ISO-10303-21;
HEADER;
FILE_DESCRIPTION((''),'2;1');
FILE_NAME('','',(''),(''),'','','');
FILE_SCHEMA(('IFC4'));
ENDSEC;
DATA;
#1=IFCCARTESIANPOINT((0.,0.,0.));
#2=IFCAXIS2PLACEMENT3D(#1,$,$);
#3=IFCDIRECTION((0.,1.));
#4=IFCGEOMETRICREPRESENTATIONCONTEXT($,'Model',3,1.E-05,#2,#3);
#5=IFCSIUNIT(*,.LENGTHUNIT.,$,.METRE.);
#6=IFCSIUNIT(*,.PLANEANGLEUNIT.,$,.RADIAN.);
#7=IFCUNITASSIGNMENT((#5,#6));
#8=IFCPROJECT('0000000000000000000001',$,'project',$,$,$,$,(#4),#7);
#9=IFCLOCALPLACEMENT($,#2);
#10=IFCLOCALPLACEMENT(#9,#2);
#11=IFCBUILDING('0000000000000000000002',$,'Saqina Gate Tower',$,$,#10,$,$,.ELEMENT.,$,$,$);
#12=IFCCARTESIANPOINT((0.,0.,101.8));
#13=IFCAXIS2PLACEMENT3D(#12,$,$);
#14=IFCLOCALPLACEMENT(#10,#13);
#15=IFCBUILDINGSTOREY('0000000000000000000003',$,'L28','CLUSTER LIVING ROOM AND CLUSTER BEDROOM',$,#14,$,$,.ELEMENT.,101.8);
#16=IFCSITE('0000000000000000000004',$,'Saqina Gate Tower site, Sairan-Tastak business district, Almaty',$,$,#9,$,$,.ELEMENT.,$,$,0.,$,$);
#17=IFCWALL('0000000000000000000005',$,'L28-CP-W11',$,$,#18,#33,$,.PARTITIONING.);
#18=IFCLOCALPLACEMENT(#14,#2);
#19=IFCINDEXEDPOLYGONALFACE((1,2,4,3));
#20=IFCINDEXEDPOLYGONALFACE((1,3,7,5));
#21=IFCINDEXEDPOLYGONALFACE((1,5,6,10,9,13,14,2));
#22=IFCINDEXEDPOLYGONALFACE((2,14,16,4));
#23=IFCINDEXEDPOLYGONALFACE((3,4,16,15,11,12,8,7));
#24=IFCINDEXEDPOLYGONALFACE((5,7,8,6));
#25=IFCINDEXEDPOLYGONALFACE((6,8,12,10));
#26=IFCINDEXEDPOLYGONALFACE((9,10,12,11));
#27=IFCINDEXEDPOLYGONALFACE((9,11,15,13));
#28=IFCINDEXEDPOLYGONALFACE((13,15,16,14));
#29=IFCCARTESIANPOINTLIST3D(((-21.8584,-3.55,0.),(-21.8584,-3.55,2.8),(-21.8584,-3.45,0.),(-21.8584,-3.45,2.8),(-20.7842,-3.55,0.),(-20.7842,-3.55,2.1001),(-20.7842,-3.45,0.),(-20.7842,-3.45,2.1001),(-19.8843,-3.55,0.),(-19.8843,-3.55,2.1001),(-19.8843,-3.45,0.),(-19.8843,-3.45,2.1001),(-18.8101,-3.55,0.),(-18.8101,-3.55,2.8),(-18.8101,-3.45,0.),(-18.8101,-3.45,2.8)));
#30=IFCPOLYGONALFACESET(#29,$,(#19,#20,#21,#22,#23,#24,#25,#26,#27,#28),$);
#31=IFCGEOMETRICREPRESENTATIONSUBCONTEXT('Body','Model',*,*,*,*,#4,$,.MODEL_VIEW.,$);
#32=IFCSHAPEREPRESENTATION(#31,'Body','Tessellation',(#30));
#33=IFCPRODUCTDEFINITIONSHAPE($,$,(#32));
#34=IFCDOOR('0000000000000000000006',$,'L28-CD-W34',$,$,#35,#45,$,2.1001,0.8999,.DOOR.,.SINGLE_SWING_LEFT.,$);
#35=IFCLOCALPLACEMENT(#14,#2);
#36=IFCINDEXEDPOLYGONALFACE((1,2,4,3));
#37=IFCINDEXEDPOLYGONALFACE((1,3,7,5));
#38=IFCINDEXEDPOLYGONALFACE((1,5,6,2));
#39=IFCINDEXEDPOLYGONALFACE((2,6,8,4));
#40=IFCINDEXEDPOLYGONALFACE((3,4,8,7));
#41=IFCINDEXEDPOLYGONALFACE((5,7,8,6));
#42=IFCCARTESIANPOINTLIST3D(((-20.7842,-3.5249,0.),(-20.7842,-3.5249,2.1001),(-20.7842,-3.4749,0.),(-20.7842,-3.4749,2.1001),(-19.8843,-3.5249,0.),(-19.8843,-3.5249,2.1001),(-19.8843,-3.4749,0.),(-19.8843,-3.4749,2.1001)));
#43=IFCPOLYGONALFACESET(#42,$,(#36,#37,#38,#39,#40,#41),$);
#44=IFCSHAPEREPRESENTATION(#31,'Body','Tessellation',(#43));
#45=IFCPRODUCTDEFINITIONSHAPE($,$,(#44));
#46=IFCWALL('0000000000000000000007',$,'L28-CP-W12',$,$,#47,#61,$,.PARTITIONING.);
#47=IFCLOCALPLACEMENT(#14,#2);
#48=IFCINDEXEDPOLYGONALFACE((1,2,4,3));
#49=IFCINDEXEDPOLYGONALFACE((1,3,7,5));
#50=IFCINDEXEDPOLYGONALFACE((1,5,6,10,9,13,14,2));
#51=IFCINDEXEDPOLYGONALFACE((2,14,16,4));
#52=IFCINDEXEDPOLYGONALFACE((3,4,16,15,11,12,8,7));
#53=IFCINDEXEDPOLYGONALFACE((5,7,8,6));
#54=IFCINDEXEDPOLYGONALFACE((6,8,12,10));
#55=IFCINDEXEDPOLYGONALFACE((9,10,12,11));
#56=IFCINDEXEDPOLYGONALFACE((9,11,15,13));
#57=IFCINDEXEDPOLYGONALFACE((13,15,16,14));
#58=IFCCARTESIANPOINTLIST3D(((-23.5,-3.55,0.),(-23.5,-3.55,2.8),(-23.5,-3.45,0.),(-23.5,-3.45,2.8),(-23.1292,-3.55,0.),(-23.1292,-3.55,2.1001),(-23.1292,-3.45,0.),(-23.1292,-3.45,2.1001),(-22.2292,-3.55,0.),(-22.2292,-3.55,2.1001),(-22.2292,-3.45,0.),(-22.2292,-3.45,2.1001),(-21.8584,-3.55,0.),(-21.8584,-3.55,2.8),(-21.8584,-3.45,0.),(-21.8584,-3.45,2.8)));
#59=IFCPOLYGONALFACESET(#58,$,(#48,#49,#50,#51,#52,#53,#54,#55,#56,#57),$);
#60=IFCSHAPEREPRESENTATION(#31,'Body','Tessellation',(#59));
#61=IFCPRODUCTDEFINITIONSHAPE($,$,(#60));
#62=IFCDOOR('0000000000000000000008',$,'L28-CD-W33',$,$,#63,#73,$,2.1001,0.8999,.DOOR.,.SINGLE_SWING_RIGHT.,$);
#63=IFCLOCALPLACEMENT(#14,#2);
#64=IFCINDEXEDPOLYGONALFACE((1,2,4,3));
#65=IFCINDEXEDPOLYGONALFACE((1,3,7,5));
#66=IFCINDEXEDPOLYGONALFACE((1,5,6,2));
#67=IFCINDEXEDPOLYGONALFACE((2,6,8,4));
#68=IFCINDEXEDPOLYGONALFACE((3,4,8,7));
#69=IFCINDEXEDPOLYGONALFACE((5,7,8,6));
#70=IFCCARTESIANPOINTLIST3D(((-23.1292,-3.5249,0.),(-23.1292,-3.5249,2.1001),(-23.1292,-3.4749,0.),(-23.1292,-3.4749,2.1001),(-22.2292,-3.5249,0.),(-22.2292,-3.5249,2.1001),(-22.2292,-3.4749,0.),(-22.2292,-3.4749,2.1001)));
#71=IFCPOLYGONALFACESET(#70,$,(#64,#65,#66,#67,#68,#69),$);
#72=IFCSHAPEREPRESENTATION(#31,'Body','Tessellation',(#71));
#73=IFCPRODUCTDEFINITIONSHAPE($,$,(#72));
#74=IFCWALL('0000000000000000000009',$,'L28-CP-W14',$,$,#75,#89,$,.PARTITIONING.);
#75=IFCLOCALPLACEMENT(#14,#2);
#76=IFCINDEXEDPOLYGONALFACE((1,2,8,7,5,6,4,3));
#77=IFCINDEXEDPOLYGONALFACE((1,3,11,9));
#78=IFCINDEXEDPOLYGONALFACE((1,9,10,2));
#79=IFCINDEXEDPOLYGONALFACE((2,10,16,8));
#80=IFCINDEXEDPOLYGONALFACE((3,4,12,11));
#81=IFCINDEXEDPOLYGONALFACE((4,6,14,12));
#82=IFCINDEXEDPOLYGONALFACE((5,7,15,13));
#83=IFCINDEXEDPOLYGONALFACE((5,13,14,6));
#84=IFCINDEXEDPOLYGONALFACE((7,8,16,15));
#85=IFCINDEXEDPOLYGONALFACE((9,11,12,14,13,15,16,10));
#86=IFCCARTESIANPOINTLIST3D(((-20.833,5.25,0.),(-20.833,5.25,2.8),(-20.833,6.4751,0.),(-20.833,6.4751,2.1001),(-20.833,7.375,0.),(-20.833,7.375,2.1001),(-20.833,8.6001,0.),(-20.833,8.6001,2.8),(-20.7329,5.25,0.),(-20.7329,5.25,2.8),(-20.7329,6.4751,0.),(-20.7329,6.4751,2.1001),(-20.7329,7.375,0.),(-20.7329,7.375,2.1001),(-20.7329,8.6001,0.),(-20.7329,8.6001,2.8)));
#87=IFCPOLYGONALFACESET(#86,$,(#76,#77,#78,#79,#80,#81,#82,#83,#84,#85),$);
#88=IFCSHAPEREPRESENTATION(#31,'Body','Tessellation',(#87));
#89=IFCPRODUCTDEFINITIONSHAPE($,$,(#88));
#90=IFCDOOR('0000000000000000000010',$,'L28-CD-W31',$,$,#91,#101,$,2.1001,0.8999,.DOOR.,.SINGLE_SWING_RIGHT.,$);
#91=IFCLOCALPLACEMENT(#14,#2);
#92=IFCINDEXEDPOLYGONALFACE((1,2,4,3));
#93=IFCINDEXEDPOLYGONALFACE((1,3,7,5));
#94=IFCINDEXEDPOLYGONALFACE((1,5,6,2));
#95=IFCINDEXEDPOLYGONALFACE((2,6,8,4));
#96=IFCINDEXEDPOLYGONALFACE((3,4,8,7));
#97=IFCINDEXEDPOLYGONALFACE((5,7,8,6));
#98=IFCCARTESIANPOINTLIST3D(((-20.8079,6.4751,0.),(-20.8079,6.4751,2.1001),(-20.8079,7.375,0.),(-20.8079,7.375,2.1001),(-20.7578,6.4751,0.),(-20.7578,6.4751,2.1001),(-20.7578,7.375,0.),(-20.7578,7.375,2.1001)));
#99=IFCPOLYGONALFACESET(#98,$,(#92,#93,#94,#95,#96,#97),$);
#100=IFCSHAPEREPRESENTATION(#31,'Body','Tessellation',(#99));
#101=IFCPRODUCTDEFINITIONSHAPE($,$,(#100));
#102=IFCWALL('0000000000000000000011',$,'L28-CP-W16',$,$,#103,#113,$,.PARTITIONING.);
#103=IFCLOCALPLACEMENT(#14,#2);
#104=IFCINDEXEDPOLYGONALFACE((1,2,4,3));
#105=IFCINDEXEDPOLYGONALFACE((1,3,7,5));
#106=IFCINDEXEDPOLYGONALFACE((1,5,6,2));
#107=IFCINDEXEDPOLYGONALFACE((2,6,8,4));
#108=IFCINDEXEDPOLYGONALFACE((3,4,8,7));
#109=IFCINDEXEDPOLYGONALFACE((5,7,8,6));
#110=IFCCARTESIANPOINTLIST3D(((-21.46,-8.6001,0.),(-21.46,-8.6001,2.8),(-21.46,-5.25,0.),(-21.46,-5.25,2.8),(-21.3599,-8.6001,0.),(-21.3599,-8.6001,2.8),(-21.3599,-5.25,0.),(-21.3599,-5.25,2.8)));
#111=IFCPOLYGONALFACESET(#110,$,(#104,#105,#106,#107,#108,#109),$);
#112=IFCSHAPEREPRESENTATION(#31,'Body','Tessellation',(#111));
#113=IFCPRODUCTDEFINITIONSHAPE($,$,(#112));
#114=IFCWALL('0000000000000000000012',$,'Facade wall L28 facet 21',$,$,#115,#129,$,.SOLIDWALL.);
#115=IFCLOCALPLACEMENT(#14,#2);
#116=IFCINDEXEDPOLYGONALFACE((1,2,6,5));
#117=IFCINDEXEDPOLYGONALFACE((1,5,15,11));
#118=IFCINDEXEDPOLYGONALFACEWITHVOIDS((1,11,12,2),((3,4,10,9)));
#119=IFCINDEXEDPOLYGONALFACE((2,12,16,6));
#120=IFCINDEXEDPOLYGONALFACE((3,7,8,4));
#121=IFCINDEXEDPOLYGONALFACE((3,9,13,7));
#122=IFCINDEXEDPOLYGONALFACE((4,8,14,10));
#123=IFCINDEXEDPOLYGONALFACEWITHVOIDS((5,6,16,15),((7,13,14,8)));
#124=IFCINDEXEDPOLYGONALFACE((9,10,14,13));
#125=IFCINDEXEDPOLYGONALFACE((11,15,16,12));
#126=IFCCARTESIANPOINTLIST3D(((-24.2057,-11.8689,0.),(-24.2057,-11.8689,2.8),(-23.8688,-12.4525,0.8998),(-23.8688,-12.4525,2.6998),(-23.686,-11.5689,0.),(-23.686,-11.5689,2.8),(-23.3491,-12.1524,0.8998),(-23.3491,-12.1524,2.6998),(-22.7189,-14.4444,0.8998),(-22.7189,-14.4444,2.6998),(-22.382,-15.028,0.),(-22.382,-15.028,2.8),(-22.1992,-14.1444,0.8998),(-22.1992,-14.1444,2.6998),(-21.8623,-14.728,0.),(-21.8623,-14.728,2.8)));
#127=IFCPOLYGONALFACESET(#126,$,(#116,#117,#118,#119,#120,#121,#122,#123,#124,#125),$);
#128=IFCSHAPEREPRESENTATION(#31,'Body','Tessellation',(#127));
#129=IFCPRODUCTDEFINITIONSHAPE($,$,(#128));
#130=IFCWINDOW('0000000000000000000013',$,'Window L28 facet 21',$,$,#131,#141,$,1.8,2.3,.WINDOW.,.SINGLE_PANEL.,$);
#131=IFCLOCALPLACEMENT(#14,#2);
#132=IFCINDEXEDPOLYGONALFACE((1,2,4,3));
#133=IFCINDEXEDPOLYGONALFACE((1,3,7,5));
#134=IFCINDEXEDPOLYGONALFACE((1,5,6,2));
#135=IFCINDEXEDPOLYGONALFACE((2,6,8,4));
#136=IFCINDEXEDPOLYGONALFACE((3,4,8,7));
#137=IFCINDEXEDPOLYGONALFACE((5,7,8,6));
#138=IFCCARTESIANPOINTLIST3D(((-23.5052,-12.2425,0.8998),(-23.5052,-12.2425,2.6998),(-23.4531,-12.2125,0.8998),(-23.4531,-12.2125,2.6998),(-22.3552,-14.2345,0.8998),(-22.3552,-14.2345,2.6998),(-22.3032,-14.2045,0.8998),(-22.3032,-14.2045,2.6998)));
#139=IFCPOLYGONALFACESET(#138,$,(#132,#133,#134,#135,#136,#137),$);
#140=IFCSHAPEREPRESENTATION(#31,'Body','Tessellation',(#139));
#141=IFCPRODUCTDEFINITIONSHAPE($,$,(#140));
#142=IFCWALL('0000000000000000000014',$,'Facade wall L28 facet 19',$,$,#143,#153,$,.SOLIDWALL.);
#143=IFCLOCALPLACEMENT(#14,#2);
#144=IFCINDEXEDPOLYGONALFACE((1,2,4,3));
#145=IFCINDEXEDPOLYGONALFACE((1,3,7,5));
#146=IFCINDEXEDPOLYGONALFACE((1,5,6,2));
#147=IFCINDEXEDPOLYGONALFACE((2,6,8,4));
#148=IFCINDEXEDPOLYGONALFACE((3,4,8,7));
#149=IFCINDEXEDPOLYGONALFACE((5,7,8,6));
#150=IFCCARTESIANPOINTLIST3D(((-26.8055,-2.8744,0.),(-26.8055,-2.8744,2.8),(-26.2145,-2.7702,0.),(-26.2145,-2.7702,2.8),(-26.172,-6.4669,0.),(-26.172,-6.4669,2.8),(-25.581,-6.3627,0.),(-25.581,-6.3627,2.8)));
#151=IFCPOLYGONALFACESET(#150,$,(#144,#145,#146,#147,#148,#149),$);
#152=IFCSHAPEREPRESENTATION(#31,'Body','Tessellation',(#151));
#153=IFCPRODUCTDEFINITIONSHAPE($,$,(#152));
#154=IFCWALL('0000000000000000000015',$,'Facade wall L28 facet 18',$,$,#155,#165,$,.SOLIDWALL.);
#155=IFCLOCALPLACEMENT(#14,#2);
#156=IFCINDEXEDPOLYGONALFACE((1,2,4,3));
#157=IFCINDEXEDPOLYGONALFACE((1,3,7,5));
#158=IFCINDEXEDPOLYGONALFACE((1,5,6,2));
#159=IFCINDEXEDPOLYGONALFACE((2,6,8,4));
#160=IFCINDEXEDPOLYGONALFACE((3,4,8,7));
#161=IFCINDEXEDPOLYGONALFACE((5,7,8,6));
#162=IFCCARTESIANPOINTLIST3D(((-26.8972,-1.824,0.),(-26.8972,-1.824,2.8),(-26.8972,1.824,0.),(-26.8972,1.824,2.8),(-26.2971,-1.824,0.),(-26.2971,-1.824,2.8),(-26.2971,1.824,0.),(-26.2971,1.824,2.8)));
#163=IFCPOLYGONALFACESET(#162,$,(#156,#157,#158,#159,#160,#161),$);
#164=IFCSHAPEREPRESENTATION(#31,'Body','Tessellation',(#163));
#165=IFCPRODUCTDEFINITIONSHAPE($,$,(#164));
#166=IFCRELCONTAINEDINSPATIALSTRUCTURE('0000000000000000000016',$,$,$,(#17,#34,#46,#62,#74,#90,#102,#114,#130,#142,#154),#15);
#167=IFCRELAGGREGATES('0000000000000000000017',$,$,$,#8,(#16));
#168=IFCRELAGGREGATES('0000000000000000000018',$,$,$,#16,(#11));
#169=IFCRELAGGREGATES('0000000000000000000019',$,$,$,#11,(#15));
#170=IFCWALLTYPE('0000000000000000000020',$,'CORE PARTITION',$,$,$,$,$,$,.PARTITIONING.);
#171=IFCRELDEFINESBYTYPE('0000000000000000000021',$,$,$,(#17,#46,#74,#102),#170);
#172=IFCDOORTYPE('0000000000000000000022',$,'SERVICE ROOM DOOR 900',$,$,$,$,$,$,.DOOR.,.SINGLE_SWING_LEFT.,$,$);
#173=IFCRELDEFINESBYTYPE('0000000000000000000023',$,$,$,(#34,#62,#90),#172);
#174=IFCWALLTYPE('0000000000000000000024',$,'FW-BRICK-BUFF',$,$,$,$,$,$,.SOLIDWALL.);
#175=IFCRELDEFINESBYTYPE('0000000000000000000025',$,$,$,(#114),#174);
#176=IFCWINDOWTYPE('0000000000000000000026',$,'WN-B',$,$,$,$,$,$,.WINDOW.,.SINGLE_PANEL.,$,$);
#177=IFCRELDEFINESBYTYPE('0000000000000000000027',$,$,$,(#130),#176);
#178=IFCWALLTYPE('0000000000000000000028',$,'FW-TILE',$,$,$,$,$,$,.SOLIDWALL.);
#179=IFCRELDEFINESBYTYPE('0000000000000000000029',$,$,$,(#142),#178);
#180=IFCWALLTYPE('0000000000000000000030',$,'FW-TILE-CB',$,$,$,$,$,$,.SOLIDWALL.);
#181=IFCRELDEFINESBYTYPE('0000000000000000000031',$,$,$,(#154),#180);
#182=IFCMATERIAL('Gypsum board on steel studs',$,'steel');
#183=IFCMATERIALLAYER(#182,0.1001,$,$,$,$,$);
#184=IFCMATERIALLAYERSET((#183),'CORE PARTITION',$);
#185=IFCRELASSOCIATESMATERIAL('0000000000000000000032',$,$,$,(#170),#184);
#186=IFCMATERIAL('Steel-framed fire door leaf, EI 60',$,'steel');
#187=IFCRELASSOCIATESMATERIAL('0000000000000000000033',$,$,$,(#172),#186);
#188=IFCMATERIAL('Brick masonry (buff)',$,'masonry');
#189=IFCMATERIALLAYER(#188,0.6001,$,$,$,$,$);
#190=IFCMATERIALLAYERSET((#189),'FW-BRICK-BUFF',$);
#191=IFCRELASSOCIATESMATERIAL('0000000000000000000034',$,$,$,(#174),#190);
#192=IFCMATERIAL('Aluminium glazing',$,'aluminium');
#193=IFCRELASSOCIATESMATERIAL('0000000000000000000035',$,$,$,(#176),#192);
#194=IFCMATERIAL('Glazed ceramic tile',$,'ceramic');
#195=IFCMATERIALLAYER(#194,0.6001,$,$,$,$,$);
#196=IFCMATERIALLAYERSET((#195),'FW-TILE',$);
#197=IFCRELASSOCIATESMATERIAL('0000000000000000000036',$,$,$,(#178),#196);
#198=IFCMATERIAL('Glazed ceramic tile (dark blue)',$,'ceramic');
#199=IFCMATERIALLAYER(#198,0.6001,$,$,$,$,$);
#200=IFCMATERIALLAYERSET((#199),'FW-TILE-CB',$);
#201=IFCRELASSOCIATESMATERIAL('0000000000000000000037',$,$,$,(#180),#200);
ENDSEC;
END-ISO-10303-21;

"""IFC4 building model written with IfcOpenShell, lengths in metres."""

from ifc_helpers import new_model, si_unit, direction, frame, frame_2d, origin, place, context, subcontext, project, spatial, rectangle, extrude, material, layer, layer_set, type_object, element, fill, save


model = new_model("IFC4")

# Units and contexts
model_context = context("Model", 3, precision=1e-05, world=origin(), true_north=direction((0.0, 1.0)))
body_context = subcontext(model_context, "Body", "Model", "MODEL_VIEW")
ifc_project = project(units=[si_unit("LENGTHUNIT", "METRE"), si_unit("PLANEANGLEUNIT", "RADIAN")], contexts=[model_context])

# Site, building, storey
site_placement = place(None, origin())
site = spatial("IfcSite", under=ifc_project, at=site_placement, Name="Saqina Gate Tower site, Sairan-Tastak business district, Almaty", CompositionType="ELEMENT", RefElevation=0.0)
building_placement = place(site_placement, origin())
building = spatial("IfcBuilding", under=site, at=building_placement, Name="Saqina Gate Tower", CompositionType="ELEMENT")
storey_placement = place(building_placement, frame((0.0, 0.0, 101.8)))
storey = spatial("IfcBuildingStorey", under=building, at=storey_placement, Name="L28", Description="CLUSTER LIVING ROOM AND CLUSTER BEDROOM", CompositionType="ELEMENT", Elevation=101.8)

# Shared definitions
ifc_material_1 = material(Name="Gypsum board on steel studs", Category="steel")
ifc_layer_1 = layer(ifc_material_1, 0.1001)
ifc_layer_set_1 = layer_set([ifc_layer_1], Name="CORE PARTITION")
wall_type_1 = type_object("IfcWallType", Name="CORE PARTITION", PredefinedType="PARTITIONING", material=ifc_layer_set_1)

# Walls, openings, doors
ifc_material_2 = material(Name="Steel-framed fire door leaf, EI 60", Category="steel")
door_type = type_object("IfcDoorType", Name="SERVICE ROOM DOOR 900", OperationType="SINGLE_SWING_LEFT", PredefinedType="DOOR", material=ifc_material_2)
wall_1_placement = place(storey_placement, frame((-18.8101, -3.5, 0.0), z_axis=(0.0, 0.0, 1.0), x_axis=(-1.0, 0.0, 0.0)))
wall_1 = element("IfcWall", 1, at=wall_1_placement, inside=storey, type_object=wall_type_1, Name="L28-CP-W11", PredefinedType="PARTITIONING", context=body_context, shape_type="SweptSolid", body=[
    extrude(rectangle(XDim=3.0483, YDim=0.1001, at=frame_2d((1.5242, 0.0))), origin(), (0.0, 0.0, 1.0), 2.8),
])
opening_1_placement = place(wall_1_placement, frame((1.0742, 0.0, 0.0)))
opening_1 = element("IfcOpeningElement", 2, at=opening_1_placement, cuts=wall_1, PredefinedType="OPENING", context=body_context, shape_type="SweptSolid", body=[
    extrude(rectangle(XDim=0.8999, YDim=2.1001, at=frame_2d((0.45, 1.05))), frame((0.0, 0.062, 0.0), z_axis=(0.0, -1.0, 0.0), x_axis=(1.0, 0.0, 0.0)), (0.0, 0.0, 1.0), 0.124),
])
door_1_placement = place(opening_1_placement, origin())
door_1 = element("IfcDoor", 3, at=door_1_placement, inside=storey, type_object=door_type, Name="L28-CD-W34", OperationType="SINGLE_SWING_LEFT", OverallHeight=2.1001, OverallWidth=0.8999, PredefinedType="DOOR", context=body_context, shape_type="SweptSolid", body=[
    extrude(rectangle(XDim=0.8999, YDim=2.1001, at=frame_2d((0.45, 1.05))), frame((0.0, 0.0249, 0.0), z_axis=(0.0, -1.0, 0.0), x_axis=(1.0, 0.0, 0.0)), (0.0, 0.0, 1.0), 0.05),
])
fill(opening_1, door_1)
wall_2_placement = place(storey_placement, frame((-21.8584, -3.5, 0.0), z_axis=(0.0, 0.0, 1.0), x_axis=(-1.0, 0.0, 0.0)))
wall_2 = element("IfcWall", 4, at=wall_2_placement, inside=storey, type_object=wall_type_1, Name="L28-CP-W12", PredefinedType="PARTITIONING", context=body_context, shape_type="SweptSolid", body=[
    extrude(rectangle(XDim=1.6416, YDim=0.1001, at=frame_2d((0.8208, 0.0))), origin(), (0.0, 0.0, 1.0), 2.8),
])
opening_2_placement = place(wall_2_placement, frame((0.3708, 0.0, 0.0)))
opening_2 = element("IfcOpeningElement", 5, at=opening_2_placement, cuts=wall_2, PredefinedType="OPENING", context=body_context, shape_type="SweptSolid", body=[
    extrude(rectangle(XDim=0.8999, YDim=2.1001, at=frame_2d((0.45, 1.05))), frame((0.0, 0.062, 0.0), z_axis=(0.0, -1.0, 0.0), x_axis=(1.0, 0.0, 0.0)), (0.0, 0.0, 1.0), 0.124),
])
door_2_placement = place(opening_2_placement, origin())
door_2 = element("IfcDoor", 6, at=door_2_placement, inside=storey, type_object=door_type, Name="L28-CD-W33", OperationType="SINGLE_SWING_RIGHT", OverallHeight=2.1001, OverallWidth=0.8999, PredefinedType="DOOR", context=body_context, shape_type="SweptSolid", body=[
    extrude(rectangle(XDim=0.8999, YDim=2.1001, at=frame_2d((0.45, 1.05))), frame((0.0, 0.0249, 0.0), z_axis=(0.0, -1.0, 0.0), x_axis=(1.0, 0.0, 0.0)), (0.0, 0.0, 1.0), 0.05),
])
fill(opening_2, door_2)
wall_3_placement = place(storey_placement, frame((-20.783, 5.25, 0.0), z_axis=(0.0, 0.0, 1.0), x_axis=(0.0, 1.0, 0.0)))
wall_3 = element("IfcWall", 7, at=wall_3_placement, inside=storey, type_object=wall_type_1, Name="L28-CP-W14", PredefinedType="PARTITIONING", context=body_context, shape_type="SweptSolid", body=[
    extrude(rectangle(XDim=3.3501, YDim=0.1001, at=frame_2d((1.675, 0.0))), origin(), (0.0, 0.0, 1.0), 2.8),
])
opening_3_placement = place(wall_3_placement, frame((1.2251, 0.0, 0.0)))
opening_3 = element("IfcOpeningElement", 8, at=opening_3_placement, cuts=wall_3, PredefinedType="OPENING", context=body_context, shape_type="SweptSolid", body=[
    extrude(rectangle(XDim=0.8999, YDim=2.1001, at=frame_2d((0.45, 1.05))), frame((0.0, 0.062, 0.0), z_axis=(0.0, -1.0, 0.0), x_axis=(1.0, 0.0, 0.0)), (0.0, 0.0, 1.0), 0.124),
])
door_3_placement = place(opening_3_placement, origin())
door_3 = element("IfcDoor", 9, at=door_3_placement, inside=storey, type_object=door_type, Name="L28-CD-W31", OperationType="SINGLE_SWING_RIGHT", OverallHeight=2.1001, OverallWidth=0.8999, PredefinedType="DOOR", context=body_context, shape_type="SweptSolid", body=[
    extrude(rectangle(XDim=0.8999, YDim=2.1001, at=frame_2d((0.45, 1.05))), frame((0.0, 0.0249, 0.0), z_axis=(0.0, -1.0, 0.0), x_axis=(1.0, 0.0, 0.0)), (0.0, 0.0, 1.0), 0.05),
])
fill(opening_3, door_3)

# Wall
wall_4_placement = place(storey_placement, frame((-21.4099, -8.6001, 0.0), z_axis=(0.0, 0.0, 1.0), x_axis=(0.0, 1.0, 0.0)))
element("IfcWall", 10, at=wall_4_placement, inside=storey, type_object=wall_type_1, Name="L28-CP-W16", PredefinedType="PARTITIONING", context=body_context, shape_type="SweptSolid", body=[
    extrude(rectangle(XDim=3.3501, YDim=0.1001, at=frame_2d((1.675, 0.0))), origin(), (0.0, 0.0, 1.0), 2.8),
])

# Wall, opening, window
ifc_material_3 = material(Name="Brick masonry (buff)", Category="masonry")
ifc_layer_2 = layer(ifc_material_3, 0.6001)
ifc_layer_set_2 = layer_set([ifc_layer_2], Name="FW-BRICK-BUFF")
wall_type_2 = type_object("IfcWallType", Name="FW-BRICK-BUFF", PredefinedType="SOLIDWALL", material=ifc_layer_set_2)
wall_5_placement = place(storey_placement, frame((-23.9458, -11.719, 0.0), z_axis=(0.0, 0.0, 1.0), x_axis=(0.499954, -0.866052, 0.0)))
wall_5 = element("IfcWall", 11, at=wall_5_placement, inside=storey, type_object=wall_type_2, Name="Facade wall L28 facet 21", PredefinedType="SOLIDWALL", context=body_context, shape_type="SweptSolid", body=[
    extrude(rectangle(XDim=3.6477, YDim=0.6001, at=frame_2d((1.8237, 0.0))), origin(), (0.0, 0.0, 1.0), 2.8),
])
opening_4_placement = place(wall_5_placement, frame((0.6738, 0.0, 0.8999)))
opening_4 = element("IfcOpeningElement", 12, at=opening_4_placement, cuts=wall_5, PredefinedType="OPENING", context=body_context, shape_type="SweptSolid", body=[
    extrude(rectangle(XDim=2.3, YDim=1.8, at=frame_2d((1.1499, 0.8999))), frame((0.0, 0.312, 0.0), z_axis=(0.0, -1.0, 0.0), x_axis=(1.0, 0.0, 0.0)), (0.0, 0.0, 1.0), 0.624),
])
ifc_material_4 = material(Name="Aluminium glazing", Category="aluminium")
window_type = type_object("IfcWindowType", Name="WN-B", PartitioningType="SINGLE_PANEL", PredefinedType="WINDOW", material=ifc_material_4)
window_placement = place(opening_4_placement, origin())
window = element("IfcWindow", 13, at=window_placement, inside=storey, type_object=window_type, Name="Window L28 facet 21", OverallHeight=1.8, OverallWidth=2.3, PartitioningType="SINGLE_PANEL", PredefinedType="WINDOW", context=body_context, shape_type="SweptSolid", body=[
    extrude(rectangle(XDim=2.3, YDim=1.8, at=frame_2d((1.1499, 0.8999))), frame((0.0, 0.1799, 0.0), z_axis=(0.0, -1.0, 0.0), x_axis=(1.0, 0.0, 0.0)), (0.0, 0.0, 1.0), 0.0601),
])
fill(opening_4, window)

# Walls
ifc_material_5 = material(Name="Glazed ceramic tile", Category="ceramic")
ifc_layer_3 = layer(ifc_material_5, 0.6001)
ifc_layer_set_3 = layer_set([ifc_layer_3], Name="FW-TILE")
wall_type_3 = type_object("IfcWallType", Name="FW-TILE", PredefinedType="SOLIDWALL", material=ifc_layer_set_3)
wall_6_placement = place(storey_placement, frame((-26.51, -2.8223, 0.0), z_axis=(0.0, 0.0, 1.0), x_axis=(0.173671, -0.984804, 0.0)))
element("IfcWall", 14, at=wall_6_placement, inside=storey, type_object=wall_type_3, Name="Facade wall L28 facet 19", PredefinedType="SOLIDWALL", context=body_context, shape_type="SweptSolid", body=[
    extrude(rectangle(XDim=3.6479, YDim=0.6001, at=frame_2d((1.824, 0.0))), origin(), (0.0, 0.0, 1.0), 2.8),
])
ifc_material_6 = material(Name="Glazed ceramic tile (dark blue)", Category="ceramic")
ifc_layer_4 = layer(ifc_material_6, 0.6001)
ifc_layer_set_4 = layer_set([ifc_layer_4], Name="FW-TILE-CB")
wall_type_4 = type_object("IfcWallType", Name="FW-TILE-CB", PredefinedType="SOLIDWALL", material=ifc_layer_set_4)
wall_7_placement = place(storey_placement, frame((-26.5972, 1.824, 0.0), z_axis=(0.0, 0.0, 1.0), x_axis=(0.0, -1.0, 0.0)))
element("IfcWall", 15, at=wall_7_placement, inside=storey, type_object=wall_type_4, Name="Facade wall L28 facet 18", PredefinedType="SOLIDWALL", context=body_context, shape_type="SweptSolid", body=[
    extrude(rectangle(XDim=3.6479, YDim=0.6001, at=frame_2d((1.824, 0.0))), origin(), (0.0, 0.0, 1.0), 2.8),
])

save(model, "model.ifc")
